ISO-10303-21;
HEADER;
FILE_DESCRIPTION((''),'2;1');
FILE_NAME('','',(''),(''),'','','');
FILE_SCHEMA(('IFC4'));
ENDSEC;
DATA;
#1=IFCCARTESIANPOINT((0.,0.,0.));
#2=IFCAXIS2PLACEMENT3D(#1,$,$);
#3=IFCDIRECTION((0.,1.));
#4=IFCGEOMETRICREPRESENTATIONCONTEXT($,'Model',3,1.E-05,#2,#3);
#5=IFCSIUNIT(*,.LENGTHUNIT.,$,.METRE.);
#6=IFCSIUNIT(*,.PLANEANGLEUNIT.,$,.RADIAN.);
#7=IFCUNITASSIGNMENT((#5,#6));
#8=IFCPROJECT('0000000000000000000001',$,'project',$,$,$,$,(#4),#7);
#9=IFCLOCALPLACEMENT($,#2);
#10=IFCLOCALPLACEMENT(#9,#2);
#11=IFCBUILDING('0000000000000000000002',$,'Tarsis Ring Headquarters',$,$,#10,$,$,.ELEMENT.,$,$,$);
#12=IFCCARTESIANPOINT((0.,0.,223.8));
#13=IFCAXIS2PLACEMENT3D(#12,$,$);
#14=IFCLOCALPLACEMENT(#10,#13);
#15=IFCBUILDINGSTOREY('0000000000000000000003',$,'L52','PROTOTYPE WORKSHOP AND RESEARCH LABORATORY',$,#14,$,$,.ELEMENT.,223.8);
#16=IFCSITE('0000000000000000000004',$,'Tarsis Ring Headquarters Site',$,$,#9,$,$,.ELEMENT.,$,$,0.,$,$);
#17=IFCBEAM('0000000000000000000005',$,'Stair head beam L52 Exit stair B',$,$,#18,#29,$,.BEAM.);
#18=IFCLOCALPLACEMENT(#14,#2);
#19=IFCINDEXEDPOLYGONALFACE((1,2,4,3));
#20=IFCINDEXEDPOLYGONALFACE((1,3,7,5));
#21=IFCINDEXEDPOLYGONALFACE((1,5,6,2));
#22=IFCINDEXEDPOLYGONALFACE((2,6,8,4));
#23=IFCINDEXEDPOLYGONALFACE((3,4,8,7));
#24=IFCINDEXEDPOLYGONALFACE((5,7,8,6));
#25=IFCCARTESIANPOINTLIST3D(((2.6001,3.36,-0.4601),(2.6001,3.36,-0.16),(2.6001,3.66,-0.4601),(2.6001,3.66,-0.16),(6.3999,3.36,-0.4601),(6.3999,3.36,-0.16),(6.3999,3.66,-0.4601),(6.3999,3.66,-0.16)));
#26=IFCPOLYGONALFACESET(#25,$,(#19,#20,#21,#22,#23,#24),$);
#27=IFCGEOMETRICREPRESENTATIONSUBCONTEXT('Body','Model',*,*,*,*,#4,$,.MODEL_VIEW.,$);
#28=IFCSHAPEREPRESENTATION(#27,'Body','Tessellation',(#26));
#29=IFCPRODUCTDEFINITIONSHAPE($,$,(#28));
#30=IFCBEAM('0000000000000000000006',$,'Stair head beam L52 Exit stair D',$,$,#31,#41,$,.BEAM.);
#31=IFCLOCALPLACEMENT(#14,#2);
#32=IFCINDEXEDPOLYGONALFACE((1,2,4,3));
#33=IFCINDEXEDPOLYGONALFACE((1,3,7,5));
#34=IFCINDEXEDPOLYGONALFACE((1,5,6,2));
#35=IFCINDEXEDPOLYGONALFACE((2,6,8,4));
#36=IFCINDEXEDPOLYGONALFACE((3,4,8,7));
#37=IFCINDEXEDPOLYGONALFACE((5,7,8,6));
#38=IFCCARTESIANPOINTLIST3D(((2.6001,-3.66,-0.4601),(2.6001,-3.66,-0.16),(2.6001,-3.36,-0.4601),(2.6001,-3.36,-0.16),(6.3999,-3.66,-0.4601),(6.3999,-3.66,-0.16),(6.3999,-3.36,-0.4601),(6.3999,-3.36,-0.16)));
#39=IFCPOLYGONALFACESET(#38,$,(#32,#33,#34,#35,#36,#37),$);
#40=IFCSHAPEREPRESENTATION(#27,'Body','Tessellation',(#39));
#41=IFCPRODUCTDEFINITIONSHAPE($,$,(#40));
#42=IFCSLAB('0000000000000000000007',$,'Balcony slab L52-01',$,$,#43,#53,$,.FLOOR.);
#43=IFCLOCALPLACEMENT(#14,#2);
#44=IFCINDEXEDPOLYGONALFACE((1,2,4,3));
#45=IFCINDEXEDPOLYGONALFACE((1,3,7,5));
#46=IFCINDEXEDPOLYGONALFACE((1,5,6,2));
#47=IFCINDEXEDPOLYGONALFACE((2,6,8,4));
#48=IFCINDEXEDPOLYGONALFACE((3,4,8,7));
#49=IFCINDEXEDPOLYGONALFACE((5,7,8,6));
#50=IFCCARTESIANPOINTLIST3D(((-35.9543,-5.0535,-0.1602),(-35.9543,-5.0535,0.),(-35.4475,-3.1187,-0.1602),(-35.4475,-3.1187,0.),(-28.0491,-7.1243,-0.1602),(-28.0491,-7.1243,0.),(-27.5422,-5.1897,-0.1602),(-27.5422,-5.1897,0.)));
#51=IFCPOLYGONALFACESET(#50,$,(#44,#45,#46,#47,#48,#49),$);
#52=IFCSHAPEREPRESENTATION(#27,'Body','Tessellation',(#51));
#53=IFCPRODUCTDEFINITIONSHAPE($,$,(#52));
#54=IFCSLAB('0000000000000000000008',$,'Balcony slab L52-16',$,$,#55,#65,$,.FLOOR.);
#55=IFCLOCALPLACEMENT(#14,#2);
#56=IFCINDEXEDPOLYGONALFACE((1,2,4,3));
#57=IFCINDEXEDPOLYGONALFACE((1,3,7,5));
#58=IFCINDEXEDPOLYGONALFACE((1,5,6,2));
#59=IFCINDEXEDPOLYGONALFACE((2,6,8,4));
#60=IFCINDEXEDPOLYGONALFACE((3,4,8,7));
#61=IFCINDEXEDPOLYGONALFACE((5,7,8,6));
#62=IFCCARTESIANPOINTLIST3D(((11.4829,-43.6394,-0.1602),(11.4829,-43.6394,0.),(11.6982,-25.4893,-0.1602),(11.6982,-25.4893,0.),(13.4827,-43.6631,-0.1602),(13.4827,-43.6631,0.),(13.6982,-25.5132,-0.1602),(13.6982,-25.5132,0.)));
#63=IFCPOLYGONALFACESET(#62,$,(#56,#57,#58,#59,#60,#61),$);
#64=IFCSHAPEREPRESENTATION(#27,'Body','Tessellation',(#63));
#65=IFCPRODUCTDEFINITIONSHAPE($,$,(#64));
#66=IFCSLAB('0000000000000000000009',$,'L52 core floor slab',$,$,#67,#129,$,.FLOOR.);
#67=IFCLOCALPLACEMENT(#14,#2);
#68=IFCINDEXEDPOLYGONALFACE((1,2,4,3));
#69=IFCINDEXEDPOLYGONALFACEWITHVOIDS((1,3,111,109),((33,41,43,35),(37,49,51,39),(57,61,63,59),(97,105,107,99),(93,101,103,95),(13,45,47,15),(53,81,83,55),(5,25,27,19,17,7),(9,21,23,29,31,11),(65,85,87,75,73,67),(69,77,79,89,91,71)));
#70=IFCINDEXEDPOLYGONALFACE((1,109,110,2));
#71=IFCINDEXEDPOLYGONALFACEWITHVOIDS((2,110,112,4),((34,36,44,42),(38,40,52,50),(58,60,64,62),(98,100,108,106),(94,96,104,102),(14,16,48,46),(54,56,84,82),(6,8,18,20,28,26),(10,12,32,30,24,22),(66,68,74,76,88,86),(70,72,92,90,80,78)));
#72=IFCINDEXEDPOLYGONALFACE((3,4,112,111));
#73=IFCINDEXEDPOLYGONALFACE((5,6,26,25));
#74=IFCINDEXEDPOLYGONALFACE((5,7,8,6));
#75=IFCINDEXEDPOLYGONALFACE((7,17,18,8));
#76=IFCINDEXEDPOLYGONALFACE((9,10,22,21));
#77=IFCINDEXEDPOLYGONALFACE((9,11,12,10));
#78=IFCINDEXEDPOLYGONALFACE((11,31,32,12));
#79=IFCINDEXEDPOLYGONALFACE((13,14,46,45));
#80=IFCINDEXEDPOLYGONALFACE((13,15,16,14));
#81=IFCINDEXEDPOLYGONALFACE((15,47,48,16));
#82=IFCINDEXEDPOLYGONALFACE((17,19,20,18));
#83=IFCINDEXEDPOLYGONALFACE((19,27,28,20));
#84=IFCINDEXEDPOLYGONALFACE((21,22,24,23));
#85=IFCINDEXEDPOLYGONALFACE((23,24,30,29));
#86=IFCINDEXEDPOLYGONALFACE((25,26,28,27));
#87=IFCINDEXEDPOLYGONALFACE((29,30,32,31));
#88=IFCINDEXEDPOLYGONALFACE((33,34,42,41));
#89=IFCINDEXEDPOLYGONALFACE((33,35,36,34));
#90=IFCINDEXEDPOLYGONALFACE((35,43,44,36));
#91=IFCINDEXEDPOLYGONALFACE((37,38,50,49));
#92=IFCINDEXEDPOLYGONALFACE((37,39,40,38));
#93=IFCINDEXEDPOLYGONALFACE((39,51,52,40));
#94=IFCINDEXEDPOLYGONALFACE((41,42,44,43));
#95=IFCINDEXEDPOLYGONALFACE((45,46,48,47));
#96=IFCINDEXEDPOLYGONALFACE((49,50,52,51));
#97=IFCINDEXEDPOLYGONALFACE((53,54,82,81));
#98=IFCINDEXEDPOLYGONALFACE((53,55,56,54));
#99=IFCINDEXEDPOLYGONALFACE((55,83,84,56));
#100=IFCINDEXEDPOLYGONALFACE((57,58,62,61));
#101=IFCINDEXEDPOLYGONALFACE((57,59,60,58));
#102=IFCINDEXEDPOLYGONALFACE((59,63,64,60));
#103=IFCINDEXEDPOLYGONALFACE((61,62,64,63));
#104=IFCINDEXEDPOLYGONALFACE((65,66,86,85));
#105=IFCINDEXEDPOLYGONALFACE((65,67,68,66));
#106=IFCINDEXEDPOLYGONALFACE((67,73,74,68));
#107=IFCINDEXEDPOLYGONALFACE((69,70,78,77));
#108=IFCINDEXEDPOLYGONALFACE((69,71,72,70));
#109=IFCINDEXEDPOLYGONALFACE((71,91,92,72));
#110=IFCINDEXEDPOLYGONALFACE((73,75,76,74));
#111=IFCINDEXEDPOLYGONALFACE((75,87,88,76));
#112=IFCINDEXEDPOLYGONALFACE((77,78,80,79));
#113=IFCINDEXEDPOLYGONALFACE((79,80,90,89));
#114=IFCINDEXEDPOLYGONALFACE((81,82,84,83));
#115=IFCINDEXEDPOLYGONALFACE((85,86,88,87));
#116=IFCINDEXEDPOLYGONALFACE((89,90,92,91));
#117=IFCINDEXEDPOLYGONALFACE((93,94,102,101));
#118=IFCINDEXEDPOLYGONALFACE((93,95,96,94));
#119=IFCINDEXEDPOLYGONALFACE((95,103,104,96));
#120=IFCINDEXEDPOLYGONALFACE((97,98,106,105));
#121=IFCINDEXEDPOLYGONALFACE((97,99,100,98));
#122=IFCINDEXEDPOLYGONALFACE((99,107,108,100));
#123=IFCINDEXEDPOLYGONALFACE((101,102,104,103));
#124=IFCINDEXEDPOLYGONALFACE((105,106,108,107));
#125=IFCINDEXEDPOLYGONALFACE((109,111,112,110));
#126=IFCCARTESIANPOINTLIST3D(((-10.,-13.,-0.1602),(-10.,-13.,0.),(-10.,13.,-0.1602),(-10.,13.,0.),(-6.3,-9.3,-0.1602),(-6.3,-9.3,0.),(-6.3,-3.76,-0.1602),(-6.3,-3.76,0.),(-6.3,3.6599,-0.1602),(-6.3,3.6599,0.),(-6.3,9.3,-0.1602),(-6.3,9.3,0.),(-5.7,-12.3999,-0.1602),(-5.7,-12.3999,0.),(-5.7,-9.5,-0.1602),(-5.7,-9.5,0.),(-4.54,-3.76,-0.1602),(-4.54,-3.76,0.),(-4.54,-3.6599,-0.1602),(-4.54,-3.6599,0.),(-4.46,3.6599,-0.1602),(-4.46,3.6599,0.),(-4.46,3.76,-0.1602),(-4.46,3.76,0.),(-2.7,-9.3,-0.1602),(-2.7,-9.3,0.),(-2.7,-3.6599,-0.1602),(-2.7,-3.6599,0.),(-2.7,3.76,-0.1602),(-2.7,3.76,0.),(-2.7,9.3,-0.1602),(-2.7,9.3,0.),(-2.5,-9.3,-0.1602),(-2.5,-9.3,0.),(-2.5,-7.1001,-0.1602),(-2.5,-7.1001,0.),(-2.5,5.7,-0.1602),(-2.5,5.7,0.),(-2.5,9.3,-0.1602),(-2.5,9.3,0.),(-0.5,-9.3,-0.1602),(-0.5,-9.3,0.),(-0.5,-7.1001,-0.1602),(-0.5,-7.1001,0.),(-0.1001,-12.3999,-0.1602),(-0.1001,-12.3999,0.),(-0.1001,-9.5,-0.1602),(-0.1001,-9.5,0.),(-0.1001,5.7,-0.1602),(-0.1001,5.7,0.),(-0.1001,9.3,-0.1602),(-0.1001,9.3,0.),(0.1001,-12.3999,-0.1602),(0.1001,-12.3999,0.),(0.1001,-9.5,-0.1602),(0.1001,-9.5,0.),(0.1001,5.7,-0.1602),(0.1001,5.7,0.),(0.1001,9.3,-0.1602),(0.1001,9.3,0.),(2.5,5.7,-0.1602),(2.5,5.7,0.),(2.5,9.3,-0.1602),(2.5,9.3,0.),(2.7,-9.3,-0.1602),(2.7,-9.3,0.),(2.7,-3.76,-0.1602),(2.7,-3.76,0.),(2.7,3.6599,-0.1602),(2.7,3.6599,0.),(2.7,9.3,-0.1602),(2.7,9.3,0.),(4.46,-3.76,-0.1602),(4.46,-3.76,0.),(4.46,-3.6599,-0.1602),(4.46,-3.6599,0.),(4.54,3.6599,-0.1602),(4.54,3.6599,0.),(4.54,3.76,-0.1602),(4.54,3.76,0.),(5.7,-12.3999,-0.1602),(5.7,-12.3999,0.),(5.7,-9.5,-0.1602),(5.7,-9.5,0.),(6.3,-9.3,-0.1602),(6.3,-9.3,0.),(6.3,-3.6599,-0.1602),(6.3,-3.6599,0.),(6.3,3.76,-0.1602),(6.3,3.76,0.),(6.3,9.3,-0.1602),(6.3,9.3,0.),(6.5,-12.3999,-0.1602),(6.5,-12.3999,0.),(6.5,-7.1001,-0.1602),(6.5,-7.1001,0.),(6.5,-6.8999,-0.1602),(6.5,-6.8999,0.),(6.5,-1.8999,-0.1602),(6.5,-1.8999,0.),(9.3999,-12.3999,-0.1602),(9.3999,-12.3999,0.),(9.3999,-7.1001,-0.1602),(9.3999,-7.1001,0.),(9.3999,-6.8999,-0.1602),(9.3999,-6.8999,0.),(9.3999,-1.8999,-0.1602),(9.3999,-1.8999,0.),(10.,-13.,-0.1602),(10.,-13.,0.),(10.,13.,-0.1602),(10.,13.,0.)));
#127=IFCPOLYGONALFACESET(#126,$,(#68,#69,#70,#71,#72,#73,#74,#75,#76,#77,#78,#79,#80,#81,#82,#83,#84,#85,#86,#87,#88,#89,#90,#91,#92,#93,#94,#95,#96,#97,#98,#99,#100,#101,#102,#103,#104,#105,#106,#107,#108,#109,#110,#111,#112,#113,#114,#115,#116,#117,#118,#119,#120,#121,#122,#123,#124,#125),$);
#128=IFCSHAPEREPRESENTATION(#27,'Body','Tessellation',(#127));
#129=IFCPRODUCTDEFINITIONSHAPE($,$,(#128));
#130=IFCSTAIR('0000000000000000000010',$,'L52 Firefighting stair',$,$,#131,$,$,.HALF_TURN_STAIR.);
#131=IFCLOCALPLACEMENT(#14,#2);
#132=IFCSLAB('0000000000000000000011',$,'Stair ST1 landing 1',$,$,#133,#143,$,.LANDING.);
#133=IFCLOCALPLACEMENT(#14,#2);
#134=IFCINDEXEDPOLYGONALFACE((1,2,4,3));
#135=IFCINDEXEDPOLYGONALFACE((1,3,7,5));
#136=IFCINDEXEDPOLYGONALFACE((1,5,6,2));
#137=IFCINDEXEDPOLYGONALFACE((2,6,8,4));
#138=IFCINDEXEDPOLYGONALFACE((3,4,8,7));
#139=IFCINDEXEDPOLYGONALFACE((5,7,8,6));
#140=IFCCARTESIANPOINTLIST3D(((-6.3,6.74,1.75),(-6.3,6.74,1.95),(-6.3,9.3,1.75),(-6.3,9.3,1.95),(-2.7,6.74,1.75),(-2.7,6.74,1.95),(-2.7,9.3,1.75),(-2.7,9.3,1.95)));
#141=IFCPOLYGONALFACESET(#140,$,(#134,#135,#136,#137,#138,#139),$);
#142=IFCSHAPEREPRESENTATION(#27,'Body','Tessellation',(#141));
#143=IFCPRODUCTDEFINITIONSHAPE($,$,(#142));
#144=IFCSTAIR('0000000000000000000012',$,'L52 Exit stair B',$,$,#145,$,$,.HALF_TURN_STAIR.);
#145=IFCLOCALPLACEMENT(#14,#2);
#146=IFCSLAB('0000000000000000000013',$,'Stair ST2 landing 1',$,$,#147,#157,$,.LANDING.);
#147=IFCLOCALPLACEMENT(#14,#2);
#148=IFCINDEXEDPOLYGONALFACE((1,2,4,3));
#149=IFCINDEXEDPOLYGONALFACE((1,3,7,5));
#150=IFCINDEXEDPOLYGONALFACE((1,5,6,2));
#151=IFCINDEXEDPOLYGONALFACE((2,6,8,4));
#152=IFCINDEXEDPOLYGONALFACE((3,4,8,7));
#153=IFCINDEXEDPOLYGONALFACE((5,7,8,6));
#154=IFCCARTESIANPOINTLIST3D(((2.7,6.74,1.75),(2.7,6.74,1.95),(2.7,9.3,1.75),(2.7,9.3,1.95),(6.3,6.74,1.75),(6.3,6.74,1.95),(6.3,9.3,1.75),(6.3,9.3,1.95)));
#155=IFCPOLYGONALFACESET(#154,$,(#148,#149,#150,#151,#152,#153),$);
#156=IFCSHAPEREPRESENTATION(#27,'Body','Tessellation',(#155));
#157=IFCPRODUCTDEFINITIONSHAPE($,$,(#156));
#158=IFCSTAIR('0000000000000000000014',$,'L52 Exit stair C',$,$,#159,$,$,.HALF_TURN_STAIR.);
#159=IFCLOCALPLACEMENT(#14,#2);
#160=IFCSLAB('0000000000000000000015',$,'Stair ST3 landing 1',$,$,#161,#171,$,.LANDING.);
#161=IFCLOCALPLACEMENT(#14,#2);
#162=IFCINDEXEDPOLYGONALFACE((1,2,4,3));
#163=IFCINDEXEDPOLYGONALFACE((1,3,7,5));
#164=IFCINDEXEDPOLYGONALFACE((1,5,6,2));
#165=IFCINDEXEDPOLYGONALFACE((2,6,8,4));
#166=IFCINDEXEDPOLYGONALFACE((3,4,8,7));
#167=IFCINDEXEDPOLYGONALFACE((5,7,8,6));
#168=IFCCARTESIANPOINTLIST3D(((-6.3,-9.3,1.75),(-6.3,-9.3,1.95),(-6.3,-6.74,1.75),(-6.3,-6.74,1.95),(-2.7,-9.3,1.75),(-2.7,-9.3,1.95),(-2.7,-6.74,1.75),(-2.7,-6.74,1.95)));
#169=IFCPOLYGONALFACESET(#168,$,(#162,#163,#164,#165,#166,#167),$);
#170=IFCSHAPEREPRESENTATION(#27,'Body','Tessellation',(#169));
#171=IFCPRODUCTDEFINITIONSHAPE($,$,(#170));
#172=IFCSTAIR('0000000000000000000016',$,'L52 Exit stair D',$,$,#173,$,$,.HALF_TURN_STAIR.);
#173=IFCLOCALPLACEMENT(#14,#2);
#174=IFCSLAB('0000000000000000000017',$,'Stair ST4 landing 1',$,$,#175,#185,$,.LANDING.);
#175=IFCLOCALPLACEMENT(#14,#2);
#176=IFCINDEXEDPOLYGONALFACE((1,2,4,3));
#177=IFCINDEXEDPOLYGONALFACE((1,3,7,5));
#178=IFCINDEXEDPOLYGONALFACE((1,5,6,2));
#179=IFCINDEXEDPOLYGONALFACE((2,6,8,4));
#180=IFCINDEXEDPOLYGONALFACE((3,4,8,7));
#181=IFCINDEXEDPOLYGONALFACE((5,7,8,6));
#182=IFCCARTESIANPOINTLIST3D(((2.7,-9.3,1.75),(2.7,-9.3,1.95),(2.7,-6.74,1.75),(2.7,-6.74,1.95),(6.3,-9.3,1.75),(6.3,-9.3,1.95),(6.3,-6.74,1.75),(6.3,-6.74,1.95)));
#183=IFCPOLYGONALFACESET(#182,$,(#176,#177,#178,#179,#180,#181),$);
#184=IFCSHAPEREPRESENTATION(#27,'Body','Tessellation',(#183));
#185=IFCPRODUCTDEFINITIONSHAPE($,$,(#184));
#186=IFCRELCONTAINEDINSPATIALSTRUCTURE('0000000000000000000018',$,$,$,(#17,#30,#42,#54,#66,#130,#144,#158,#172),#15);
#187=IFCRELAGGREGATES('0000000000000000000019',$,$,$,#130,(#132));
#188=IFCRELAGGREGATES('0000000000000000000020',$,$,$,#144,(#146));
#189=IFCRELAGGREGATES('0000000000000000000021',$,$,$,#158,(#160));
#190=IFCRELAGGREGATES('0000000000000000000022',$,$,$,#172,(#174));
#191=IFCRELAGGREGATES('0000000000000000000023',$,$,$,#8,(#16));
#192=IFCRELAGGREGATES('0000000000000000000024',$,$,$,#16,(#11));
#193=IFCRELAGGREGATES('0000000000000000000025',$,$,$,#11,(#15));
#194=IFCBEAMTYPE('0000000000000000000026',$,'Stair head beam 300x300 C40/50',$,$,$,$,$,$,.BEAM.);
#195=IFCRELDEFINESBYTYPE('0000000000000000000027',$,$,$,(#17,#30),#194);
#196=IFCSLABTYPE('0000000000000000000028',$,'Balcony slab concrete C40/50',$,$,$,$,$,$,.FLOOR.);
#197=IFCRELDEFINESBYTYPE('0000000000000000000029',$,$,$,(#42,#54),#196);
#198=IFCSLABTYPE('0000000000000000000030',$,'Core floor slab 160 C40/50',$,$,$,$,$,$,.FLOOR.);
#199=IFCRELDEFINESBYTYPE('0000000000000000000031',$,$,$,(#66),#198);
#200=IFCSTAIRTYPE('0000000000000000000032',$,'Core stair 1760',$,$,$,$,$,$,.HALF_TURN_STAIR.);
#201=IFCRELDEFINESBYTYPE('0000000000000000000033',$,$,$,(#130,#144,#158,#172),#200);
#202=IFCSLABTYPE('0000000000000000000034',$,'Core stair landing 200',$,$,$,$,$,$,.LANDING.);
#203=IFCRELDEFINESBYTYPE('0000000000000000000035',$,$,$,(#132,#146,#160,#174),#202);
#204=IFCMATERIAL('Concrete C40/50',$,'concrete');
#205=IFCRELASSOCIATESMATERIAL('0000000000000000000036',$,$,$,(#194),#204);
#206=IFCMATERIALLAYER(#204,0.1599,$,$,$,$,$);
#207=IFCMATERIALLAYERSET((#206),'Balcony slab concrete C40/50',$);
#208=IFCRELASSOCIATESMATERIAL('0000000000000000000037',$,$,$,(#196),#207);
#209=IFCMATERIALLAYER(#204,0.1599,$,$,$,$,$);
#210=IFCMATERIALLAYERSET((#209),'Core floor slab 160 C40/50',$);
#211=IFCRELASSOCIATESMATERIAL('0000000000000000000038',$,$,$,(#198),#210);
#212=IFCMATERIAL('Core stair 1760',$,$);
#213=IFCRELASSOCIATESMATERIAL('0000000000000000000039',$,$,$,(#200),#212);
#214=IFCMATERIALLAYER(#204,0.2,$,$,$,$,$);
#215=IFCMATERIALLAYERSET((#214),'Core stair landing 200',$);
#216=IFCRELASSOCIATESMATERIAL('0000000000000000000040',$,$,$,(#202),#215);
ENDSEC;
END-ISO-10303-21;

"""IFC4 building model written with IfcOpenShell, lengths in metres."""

from ifc_helpers import new_model, si_unit, direction, frame, origin, origin_2d, place, context, subcontext, project, spatial, polyline, rectangle, outline, extrude, material, layer, layer_set, material_profile, profile_set, type_object, element, aggregate, save


model = new_model("IFC4")

# Units and contexts
model_context = context("Model", 3, precision=1e-05, world=origin(), true_north=direction((0.0, 1.0)))
body_context = subcontext(model_context, "Body", "Model", "MODEL_VIEW")
ifc_project = project(units=[si_unit("LENGTHUNIT", "METRE"), si_unit("PLANEANGLEUNIT", "RADIAN")], contexts=[model_context])

# Site, building, storey
site_placement = place(None, origin())
site = spatial("IfcSite", under=ifc_project, at=site_placement, Name="Tarsis Ring Headquarters Site", CompositionType="ELEMENT", RefElevation=0.0)
building_placement = place(site_placement, origin())
building = spatial("IfcBuilding", under=site, at=building_placement, Name="Tarsis Ring Headquarters", CompositionType="ELEMENT")
storey_placement = place(building_placement, frame((0.0, 0.0, 223.8)))
storey = spatial("IfcBuildingStorey", under=building, at=storey_placement, Name="L52", Description="PROTOTYPE WORKSHOP AND RESEARCH LABORATORY", CompositionType="ELEMENT", Elevation=223.8)

# Beams
ifc_material_1 = material(Name="Concrete C40/50", Category="concrete")
ifc_material_profile = material_profile(ifc_material_1, rectangle(XDim=0.3, YDim=0.3, at=origin_2d()), Name="Stair head beam 300x300 C40/50")
ifc_profile_set = profile_set([ifc_material_profile], Name="Concrete C40/50")
beam_type = type_object("IfcBeamType", Name="Stair head beam 300x300 C40/50", PredefinedType="BEAM", material=ifc_profile_set)
for number, where, z_axis, x_axis, name in (
    (1, (2.6001, 3.51, -0.3101), (1.0, 0.0, 0.0), (0.0, 1.0, 0.0), "Stair head beam L52 Exit stair B"),
    (2, (2.6001, -3.51, -0.3101), (1.0, 0.0, 0.0), (0.0, 1.0, 0.0), "Stair head beam L52 Exit stair D"),
):
    element("IfcBeam", number, at=place(storey_placement, frame(where, z_axis=z_axis, x_axis=x_axis)), inside=storey, type_object=beam_type, Name=name, PredefinedType="BEAM", context=body_context, shape_type="SweptSolid", body=[
        extrude(rectangle(XDim=0.3, YDim=0.3, at=origin_2d()), origin(), (0.0, 0.0, 1.0), 3.7998),
    ])

# Slabs
ifc_layer_1 = layer(ifc_material_1, 0.1599)
ifc_layer_set_1 = layer_set([ifc_layer_1], Name="Balcony slab concrete C40/50")
slab_type_1 = type_object("IfcSlabType", Name="Balcony slab concrete C40/50", PredefinedType="FLOOR", material=ifc_layer_set_1)
slab_1_placement = place(storey_placement, frame((0.0, 0.0, -0.1602)))
element("IfcSlab", 3, at=slab_1_placement, inside=storey, type_object=slab_type_1, Name="Balcony slab L52-01", PredefinedType="FLOOR", context=body_context, shape_type="SweptSolid", body=[
    extrude(outline(polyline([(-35.4475, -3.1187), (-35.9543, -5.0535), (-28.0491, -7.1243), (-27.5422, -5.1897), (-35.4475, -3.1187)])), origin(), (0.0, 0.0, 1.0), 0.1602),
])
slab_2_placement = place(storey_placement, frame((0.0, 0.0, -0.1602)))
element("IfcSlab", 4, at=slab_2_placement, inside=storey, type_object=slab_type_1, Name="Balcony slab L52-16", PredefinedType="FLOOR", context=body_context, shape_type="SweptSolid", body=[
    extrude(outline(polyline([(11.4829, -43.6394), (13.4827, -43.6631), (13.6982, -25.5132), (11.6982, -25.4893), (11.4829, -43.6394)])), origin(), (0.0, 0.0, 1.0), 0.1602),
])
ifc_layer_2 = layer(ifc_material_1, 0.1599)
ifc_layer_set_2 = layer_set([ifc_layer_2], Name="Core floor slab 160 C40/50")
slab_type_2 = type_object("IfcSlabType", Name="Core floor slab 160 C40/50", PredefinedType="FLOOR", material=ifc_layer_set_2)
slab_3_placement = place(storey_placement, frame((0.0, 0.0, -0.1602)))
element("IfcSlab", 5, at=slab_3_placement, inside=storey, type_object=slab_type_2, Name="L52 core floor slab", PredefinedType="FLOOR", context=body_context, shape_type="SweptSolid", body=[
    extrude(outline(polyline([(-10.0, -13.0), (10.0, -13.0), (10.0, 13.0), (-10.0, 13.0), (-10.0, -13.0)]), holes=[polyline([(-2.5, 5.7), (-0.1001, 5.7), (-0.1001, 9.3), (-2.5, 9.3), (-2.5, 5.7)]), polyline([(0.1001, 5.7), (2.5, 5.7), (2.5, 9.3), (0.1001, 9.3), (0.1001, 5.7)]), polyline([(6.5, -12.3999), (9.3999, -12.3999), (9.3999, -7.1001), (6.5, -7.1001), (6.5, -12.3999)]), polyline([(6.5, -6.8999), (9.3999, -6.8999), (9.3999, -1.8999), (6.5, -1.8999), (6.5, -6.8999)]), polyline([(-5.7, -12.3999), (-0.1001, -12.3999), (-0.1001, -9.5), (-5.7, -9.5), (-5.7, -12.3999)]), polyline([(0.1001, -12.3999), (5.7, -12.3999), (5.7, -9.5), (0.1001, -9.5), (0.1001, -12.3999)]), polyline([(-2.5, -9.3), (-0.5, -9.3), (-0.5, -7.1001), (-2.5, -7.1001), (-2.5, -9.3)]), polyline([(-2.7, 3.76), (-2.7, 9.3), (-6.3, 9.3), (-6.3, 3.6599), (-4.46, 3.6599), (-4.46, 3.76), (-2.7, 3.76)]), polyline([(6.3, 3.76), (6.3, 9.3), (2.7, 9.3), (2.7, 3.6599), (4.54, 3.6599), (4.54, 3.76), (6.3, 3.76)]), polyline([(-6.3, -3.76), (-6.3, -9.3), (-2.7, -9.3), (-2.7, -3.6599), (-4.54, -3.6599), (-4.54, -3.76), (-6.3, -3.76)]), polyline([(2.7, -3.76), (2.7, -9.3), (6.3, -9.3), (6.3, -3.6599), (4.46, -3.6599), (4.46, -3.76), (2.7, -3.76)])]), origin(), (0.0, 0.0, 1.0), 0.1602),
])

# Stairs, slabs
ifc_material_2 = material(Name="Core stair 1760")
stair_type = type_object("IfcStairType", Name="Core stair 1760", PredefinedType="HALF_TURN_STAIR", material=ifc_material_2)
stair_1_placement = place(storey_placement, origin())
stair_1 = element("IfcStair", 6, at=stair_1_placement, inside=storey, type_object=stair_type, Name="L52 Firefighting stair", PredefinedType="HALF_TURN_STAIR")
ifc_layer_3 = layer(ifc_material_1, 0.2)
ifc_layer_set_3 = layer_set([ifc_layer_3], Name="Core stair landing 200")
slab_type_3 = type_object("IfcSlabType", Name="Core stair landing 200", PredefinedType="LANDING", material=ifc_layer_set_3)
slab_4_placement = place(storey_placement, frame((0.0, 0.0, 1.75)))
slab_4 = element("IfcSlab", 7, at=slab_4_placement, type_object=slab_type_3, Name="Stair ST1 landing 1", PredefinedType="LANDING", context=body_context, shape_type="SweptSolid", body=[
    extrude(outline(polyline([(-2.7, 6.74), (-2.7, 9.3), (-6.3, 9.3), (-6.3, 6.74), (-2.7, 6.74)])), origin(), (0.0, 0.0, 1.0), 0.2),
])
aggregate(stair_1, [slab_4])
stair_2_placement = place(storey_placement, origin())
stair_2 = element("IfcStair", 8, at=stair_2_placement, inside=storey, type_object=stair_type, Name="L52 Exit stair B", PredefinedType="HALF_TURN_STAIR")
slab_5_placement = place(storey_placement, frame((0.0, 0.0, 1.75)))
slab_5 = element("IfcSlab", 9, at=slab_5_placement, type_object=slab_type_3, Name="Stair ST2 landing 1", PredefinedType="LANDING", context=body_context, shape_type="SweptSolid", body=[
    extrude(outline(polyline([(6.3, 6.74), (6.3, 9.3), (2.7, 9.3), (2.7, 6.74), (6.3, 6.74)])), origin(), (0.0, 0.0, 1.0), 0.2),
])
aggregate(stair_2, [slab_5])
stair_3_placement = place(storey_placement, origin())
stair_3 = element("IfcStair", 10, at=stair_3_placement, inside=storey, type_object=stair_type, Name="L52 Exit stair C", PredefinedType="HALF_TURN_STAIR")
slab_6_placement = place(storey_placement, frame((0.0, 0.0, 1.75)))
slab_6 = element("IfcSlab", 11, at=slab_6_placement, type_object=slab_type_3, Name="Stair ST3 landing 1", PredefinedType="LANDING", context=body_context, shape_type="SweptSolid", body=[
    extrude(outline(polyline([(-6.3, -6.74), (-6.3, -9.3), (-2.7, -9.3), (-2.7, -6.74), (-6.3, -6.74)])), origin(), (0.0, 0.0, 1.0), 0.2),
])
aggregate(stair_3, [slab_6])
stair_4_placement = place(storey_placement, origin())
stair_4 = element("IfcStair", 12, at=stair_4_placement, inside=storey, type_object=stair_type, Name="L52 Exit stair D", PredefinedType="HALF_TURN_STAIR")
slab_7_placement = place(storey_placement, frame((0.0, 0.0, 1.75)))
slab_7 = element("IfcSlab", 13, at=slab_7_placement, type_object=slab_type_3, Name="Stair ST4 landing 1", PredefinedType="LANDING", context=body_context, shape_type="SweptSolid", body=[
    extrude(outline(polyline([(2.7, -6.74), (2.7, -9.3), (6.3, -9.3), (6.3, -6.74), (2.7, -6.74)])), origin(), (0.0, 0.0, 1.0), 0.2),
])
aggregate(stair_4, [slab_7])

save(model, "model.ifc")
